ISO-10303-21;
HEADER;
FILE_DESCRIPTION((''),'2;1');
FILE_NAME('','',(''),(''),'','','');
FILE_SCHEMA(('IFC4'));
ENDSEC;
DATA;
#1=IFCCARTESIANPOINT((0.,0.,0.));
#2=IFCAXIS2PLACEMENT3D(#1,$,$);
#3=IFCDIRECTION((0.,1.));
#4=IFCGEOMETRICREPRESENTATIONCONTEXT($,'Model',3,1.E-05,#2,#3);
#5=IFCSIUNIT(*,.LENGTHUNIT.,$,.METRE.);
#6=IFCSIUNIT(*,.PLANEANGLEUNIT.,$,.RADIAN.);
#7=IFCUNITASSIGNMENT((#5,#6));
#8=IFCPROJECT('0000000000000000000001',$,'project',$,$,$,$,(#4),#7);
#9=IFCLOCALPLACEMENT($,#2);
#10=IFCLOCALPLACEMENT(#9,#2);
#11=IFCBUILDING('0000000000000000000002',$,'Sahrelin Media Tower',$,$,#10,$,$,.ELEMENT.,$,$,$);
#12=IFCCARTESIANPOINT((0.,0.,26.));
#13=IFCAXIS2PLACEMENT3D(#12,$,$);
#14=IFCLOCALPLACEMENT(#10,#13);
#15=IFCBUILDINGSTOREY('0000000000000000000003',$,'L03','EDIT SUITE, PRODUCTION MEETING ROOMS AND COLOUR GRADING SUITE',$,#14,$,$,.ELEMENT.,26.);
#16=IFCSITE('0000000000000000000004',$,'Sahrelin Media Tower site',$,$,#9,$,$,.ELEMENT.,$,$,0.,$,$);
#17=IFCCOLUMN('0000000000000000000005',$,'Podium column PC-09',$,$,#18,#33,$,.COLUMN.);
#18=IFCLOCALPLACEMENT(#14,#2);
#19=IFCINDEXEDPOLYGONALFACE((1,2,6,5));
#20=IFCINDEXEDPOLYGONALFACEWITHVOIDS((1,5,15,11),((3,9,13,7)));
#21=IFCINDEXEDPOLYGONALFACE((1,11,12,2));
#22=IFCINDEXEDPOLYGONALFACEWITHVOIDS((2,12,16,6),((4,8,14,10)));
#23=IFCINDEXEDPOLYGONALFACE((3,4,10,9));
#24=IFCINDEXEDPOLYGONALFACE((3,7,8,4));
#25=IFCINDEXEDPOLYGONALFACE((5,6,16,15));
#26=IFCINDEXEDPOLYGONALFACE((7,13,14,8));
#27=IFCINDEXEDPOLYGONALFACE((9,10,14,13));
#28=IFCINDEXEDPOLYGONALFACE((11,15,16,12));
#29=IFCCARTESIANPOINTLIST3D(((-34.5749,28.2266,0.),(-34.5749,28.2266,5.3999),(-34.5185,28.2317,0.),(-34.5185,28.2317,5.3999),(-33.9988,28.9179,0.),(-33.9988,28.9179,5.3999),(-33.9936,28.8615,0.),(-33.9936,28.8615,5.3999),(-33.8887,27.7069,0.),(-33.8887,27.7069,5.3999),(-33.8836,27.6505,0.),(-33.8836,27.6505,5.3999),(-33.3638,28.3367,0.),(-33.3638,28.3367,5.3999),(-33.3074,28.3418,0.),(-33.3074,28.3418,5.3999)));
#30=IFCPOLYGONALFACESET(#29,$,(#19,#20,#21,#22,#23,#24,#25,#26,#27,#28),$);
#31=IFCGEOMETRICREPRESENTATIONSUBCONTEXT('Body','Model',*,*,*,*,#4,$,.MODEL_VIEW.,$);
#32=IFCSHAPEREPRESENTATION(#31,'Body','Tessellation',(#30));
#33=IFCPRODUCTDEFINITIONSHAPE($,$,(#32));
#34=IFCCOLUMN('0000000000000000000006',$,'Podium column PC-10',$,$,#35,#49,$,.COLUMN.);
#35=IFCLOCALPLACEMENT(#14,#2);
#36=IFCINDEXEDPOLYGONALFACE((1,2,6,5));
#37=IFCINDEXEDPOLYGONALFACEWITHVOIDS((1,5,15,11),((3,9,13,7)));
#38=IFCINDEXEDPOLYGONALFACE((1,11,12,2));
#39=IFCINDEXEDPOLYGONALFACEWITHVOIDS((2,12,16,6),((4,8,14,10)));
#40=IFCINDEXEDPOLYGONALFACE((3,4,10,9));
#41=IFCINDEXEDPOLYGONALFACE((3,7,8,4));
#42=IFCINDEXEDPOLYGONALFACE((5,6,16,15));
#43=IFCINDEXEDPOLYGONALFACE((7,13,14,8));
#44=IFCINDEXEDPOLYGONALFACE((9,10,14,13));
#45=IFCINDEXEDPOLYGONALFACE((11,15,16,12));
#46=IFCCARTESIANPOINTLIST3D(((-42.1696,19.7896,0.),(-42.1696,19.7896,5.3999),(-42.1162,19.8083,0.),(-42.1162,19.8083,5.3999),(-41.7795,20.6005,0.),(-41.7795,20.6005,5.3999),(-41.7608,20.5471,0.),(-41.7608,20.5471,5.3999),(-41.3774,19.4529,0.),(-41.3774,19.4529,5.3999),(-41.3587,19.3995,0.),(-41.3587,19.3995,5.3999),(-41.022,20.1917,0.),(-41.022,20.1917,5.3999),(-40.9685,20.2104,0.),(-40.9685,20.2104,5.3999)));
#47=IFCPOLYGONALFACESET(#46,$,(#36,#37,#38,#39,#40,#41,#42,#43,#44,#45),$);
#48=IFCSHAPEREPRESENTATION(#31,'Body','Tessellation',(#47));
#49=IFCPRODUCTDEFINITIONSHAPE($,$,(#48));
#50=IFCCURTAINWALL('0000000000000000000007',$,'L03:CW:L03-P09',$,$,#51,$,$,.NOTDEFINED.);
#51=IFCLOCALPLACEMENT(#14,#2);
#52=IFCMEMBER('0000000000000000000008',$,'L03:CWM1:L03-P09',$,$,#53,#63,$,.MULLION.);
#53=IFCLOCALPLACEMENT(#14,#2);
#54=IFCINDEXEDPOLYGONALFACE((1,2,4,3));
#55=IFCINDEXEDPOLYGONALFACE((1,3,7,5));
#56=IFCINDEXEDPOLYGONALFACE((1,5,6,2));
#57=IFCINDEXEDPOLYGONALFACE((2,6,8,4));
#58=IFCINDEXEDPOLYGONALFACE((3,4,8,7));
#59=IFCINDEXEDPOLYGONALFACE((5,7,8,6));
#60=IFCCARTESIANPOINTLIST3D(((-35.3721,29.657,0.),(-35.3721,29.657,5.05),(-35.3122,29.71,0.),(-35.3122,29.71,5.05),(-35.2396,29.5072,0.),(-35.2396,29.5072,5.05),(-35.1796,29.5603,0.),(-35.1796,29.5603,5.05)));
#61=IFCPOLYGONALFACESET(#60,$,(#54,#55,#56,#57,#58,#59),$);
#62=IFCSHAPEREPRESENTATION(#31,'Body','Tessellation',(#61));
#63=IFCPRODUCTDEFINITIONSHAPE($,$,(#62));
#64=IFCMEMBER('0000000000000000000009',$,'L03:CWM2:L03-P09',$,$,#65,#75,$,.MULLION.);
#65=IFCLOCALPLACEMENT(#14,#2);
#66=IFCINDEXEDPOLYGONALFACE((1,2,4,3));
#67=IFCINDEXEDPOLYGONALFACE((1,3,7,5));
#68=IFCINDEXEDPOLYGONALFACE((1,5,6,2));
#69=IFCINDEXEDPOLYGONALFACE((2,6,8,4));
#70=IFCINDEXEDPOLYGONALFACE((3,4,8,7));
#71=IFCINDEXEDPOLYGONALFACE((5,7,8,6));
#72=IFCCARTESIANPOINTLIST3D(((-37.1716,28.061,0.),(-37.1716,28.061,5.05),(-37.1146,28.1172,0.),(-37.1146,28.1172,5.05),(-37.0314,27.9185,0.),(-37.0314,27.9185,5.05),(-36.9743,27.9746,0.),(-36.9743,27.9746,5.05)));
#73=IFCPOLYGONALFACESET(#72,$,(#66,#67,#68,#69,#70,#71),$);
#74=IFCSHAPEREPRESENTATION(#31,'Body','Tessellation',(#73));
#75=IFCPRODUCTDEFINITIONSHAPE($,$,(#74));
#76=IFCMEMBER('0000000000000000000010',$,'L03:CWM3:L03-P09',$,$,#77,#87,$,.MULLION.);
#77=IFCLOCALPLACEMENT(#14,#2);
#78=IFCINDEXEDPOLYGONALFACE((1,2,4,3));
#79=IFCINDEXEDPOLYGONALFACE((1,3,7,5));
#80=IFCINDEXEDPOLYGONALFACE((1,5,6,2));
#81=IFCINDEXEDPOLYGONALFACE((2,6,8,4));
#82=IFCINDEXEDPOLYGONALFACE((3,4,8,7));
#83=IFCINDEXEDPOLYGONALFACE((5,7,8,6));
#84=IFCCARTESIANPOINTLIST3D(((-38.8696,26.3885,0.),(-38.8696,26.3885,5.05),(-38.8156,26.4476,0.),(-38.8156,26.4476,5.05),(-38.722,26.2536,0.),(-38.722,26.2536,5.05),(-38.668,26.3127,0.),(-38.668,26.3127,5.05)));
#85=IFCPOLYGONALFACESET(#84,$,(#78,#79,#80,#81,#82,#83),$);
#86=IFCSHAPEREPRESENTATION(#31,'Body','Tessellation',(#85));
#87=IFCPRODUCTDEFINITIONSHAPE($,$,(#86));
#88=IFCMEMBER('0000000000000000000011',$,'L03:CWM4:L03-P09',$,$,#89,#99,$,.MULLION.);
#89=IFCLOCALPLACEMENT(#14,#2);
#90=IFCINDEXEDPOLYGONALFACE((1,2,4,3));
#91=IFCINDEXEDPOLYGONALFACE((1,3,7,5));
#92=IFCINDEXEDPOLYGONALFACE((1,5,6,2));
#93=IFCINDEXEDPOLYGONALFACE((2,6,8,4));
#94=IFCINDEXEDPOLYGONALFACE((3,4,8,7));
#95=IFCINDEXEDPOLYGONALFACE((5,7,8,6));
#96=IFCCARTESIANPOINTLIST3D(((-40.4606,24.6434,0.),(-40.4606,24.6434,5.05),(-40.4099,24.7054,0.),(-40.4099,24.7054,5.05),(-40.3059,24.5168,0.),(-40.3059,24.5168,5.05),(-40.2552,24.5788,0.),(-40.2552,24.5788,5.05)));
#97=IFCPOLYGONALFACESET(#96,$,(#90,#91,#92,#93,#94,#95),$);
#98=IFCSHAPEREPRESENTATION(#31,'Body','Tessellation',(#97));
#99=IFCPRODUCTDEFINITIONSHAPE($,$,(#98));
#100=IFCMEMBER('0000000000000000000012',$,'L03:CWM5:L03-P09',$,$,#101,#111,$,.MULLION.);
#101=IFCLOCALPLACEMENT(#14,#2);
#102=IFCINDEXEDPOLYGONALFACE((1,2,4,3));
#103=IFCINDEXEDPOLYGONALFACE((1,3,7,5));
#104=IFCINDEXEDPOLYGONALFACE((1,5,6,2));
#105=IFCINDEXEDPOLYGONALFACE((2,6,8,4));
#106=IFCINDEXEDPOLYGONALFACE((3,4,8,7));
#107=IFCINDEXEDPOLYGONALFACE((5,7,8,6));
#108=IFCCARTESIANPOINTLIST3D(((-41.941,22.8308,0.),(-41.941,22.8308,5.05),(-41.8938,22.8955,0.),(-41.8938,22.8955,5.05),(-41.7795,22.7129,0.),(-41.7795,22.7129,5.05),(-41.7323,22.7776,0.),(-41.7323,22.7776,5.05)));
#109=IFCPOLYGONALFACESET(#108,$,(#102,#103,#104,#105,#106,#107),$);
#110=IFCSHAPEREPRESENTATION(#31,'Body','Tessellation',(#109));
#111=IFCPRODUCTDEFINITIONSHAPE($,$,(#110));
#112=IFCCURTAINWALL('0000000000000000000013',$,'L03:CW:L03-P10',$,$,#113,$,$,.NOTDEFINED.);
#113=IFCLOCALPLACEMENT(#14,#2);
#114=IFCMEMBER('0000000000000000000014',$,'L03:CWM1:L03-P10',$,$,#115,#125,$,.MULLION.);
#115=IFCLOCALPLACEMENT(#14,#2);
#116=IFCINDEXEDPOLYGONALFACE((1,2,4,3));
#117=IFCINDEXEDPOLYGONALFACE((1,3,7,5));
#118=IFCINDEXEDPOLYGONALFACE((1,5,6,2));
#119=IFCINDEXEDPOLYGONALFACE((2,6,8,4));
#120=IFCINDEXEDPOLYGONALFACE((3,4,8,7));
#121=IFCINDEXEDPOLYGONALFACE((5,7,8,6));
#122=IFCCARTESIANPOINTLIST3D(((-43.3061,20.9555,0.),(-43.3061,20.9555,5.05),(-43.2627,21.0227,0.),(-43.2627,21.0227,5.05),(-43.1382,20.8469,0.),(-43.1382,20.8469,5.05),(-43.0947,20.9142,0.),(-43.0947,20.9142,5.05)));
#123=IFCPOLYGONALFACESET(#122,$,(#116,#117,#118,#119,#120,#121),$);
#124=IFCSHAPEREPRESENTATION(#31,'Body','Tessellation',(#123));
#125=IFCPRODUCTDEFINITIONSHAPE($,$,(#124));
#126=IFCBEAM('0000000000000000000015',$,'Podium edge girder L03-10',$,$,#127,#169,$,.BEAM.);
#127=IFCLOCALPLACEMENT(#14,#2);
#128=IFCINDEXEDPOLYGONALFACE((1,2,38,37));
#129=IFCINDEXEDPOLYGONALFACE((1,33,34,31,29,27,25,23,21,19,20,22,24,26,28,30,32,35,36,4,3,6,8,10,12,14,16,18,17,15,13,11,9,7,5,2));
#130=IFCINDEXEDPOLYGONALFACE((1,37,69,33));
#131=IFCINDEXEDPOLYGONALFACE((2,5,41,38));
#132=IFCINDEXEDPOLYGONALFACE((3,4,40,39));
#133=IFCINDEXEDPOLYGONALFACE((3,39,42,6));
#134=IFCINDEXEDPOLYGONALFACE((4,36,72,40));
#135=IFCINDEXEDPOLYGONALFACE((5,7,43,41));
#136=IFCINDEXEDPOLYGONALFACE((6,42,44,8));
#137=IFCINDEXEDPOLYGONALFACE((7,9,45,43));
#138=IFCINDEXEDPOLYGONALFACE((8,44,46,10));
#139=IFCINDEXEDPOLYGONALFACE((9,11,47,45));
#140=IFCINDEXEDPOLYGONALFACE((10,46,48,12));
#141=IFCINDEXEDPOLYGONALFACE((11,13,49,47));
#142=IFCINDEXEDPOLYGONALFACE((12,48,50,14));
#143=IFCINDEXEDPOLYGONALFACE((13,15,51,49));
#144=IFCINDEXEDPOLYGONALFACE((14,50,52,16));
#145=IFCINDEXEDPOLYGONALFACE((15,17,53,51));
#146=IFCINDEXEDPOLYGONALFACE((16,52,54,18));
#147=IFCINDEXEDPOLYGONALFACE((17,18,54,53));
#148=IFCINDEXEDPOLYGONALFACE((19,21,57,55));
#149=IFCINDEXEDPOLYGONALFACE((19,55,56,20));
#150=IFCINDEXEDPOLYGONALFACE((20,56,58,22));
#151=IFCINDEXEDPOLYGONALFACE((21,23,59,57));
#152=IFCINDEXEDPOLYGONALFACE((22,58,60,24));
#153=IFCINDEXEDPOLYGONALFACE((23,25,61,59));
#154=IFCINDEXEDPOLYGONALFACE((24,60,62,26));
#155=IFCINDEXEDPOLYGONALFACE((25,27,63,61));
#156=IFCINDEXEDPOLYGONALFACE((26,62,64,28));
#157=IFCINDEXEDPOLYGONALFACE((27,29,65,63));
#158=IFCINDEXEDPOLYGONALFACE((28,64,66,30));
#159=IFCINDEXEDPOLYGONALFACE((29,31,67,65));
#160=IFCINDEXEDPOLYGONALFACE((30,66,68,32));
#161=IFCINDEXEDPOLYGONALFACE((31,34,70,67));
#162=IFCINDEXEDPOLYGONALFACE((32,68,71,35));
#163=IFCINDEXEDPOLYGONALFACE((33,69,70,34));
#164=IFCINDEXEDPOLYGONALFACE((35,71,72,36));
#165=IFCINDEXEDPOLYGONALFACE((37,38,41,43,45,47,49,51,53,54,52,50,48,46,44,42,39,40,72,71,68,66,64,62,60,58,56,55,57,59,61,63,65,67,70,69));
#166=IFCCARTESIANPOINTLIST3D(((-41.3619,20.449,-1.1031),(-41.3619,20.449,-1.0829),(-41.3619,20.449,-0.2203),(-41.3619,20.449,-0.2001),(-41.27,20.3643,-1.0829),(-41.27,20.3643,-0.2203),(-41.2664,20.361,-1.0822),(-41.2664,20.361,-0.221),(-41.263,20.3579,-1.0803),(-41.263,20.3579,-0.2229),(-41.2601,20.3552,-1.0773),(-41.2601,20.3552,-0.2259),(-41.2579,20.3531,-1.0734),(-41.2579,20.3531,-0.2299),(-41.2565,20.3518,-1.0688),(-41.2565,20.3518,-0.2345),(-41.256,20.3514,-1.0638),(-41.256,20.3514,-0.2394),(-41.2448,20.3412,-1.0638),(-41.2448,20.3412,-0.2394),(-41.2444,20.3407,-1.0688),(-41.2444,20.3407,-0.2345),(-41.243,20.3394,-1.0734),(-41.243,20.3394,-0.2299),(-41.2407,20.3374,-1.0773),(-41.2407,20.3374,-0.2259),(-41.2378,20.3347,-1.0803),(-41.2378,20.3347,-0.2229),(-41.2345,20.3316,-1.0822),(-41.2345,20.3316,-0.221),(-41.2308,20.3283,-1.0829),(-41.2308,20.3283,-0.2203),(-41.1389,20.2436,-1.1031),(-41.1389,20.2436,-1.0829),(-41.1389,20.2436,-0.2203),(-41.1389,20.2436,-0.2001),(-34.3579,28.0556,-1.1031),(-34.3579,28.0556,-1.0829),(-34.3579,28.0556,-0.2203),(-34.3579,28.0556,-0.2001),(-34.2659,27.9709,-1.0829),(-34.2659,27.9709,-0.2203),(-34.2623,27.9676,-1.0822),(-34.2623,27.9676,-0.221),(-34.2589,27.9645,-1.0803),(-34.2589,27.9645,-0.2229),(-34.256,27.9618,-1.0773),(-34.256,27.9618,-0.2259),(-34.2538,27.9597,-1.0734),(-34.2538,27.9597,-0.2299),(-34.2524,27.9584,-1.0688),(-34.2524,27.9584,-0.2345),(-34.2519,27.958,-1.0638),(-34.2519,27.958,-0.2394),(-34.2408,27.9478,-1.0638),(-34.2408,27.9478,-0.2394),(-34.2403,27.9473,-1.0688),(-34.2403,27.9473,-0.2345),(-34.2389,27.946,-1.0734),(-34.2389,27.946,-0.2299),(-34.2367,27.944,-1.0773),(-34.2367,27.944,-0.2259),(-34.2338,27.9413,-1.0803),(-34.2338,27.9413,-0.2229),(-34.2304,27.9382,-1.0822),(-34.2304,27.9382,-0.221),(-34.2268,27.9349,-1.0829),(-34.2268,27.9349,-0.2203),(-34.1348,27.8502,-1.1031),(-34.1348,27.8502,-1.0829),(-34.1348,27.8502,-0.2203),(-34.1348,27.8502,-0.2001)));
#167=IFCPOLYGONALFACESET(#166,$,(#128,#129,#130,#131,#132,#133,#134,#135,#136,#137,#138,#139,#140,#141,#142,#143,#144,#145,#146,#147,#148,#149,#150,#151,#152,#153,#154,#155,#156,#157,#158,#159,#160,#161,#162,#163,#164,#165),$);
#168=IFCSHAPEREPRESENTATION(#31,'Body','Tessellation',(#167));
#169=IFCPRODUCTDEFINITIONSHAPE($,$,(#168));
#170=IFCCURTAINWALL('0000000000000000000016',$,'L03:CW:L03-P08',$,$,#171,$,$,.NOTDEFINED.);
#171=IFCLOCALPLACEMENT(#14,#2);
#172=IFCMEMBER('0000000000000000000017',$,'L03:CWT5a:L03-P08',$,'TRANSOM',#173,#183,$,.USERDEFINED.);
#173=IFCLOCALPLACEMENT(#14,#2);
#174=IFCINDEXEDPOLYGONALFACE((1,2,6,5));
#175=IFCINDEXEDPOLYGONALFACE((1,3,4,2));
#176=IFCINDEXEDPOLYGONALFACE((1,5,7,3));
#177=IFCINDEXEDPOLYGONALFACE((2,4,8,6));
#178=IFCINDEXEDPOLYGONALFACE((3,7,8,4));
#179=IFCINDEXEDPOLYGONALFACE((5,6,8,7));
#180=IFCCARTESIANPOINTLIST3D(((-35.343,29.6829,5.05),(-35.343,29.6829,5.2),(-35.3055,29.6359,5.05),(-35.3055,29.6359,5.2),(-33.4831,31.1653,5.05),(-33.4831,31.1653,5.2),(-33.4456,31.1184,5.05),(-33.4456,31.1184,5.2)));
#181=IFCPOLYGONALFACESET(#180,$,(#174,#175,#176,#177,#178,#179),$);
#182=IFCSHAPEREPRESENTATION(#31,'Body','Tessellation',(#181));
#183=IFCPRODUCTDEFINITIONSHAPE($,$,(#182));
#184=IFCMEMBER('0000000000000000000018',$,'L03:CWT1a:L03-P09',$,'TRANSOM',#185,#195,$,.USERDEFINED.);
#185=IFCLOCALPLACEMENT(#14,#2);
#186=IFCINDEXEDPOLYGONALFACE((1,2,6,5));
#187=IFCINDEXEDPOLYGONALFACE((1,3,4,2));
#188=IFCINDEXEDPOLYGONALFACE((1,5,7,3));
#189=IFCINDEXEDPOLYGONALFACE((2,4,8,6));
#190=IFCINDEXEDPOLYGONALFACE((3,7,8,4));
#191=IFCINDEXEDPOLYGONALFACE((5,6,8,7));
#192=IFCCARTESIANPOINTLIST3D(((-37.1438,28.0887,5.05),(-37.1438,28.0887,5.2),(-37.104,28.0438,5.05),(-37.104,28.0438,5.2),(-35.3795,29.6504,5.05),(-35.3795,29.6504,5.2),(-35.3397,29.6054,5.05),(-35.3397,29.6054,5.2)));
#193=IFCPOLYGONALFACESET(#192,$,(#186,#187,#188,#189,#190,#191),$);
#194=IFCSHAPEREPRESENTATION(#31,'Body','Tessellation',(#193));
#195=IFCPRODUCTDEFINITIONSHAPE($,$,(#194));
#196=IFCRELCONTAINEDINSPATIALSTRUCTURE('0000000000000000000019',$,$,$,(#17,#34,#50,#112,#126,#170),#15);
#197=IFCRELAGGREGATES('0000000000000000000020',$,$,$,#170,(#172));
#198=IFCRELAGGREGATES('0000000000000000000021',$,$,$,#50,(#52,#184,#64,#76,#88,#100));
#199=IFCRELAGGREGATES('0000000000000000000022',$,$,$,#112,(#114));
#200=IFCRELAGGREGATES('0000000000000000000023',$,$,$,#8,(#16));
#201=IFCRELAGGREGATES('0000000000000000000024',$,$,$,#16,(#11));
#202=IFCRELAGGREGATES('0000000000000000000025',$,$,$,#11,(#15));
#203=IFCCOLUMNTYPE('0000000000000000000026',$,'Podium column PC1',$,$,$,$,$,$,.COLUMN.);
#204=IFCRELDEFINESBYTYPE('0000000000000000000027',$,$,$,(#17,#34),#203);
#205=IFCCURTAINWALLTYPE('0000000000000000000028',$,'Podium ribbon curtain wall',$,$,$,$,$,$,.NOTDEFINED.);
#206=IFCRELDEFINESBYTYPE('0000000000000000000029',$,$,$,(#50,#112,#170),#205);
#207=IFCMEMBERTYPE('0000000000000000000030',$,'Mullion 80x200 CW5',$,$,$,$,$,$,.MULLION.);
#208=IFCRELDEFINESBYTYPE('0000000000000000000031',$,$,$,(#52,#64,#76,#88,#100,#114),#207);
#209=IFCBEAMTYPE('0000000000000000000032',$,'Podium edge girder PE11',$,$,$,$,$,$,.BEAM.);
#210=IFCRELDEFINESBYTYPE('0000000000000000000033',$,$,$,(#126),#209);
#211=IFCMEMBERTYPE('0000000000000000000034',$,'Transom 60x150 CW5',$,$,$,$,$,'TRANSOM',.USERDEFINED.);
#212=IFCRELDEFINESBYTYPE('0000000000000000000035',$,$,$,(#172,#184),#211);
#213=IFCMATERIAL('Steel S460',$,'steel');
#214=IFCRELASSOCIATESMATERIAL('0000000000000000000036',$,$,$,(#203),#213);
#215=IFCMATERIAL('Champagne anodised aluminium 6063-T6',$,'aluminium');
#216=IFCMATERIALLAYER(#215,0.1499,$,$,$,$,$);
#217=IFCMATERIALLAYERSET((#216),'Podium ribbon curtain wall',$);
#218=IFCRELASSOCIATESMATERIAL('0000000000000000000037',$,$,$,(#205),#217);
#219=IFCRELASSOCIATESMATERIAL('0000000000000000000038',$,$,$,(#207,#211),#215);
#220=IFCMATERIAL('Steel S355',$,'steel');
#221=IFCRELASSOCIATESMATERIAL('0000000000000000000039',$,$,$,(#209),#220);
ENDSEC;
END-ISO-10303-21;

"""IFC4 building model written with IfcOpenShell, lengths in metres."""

from ifc_helpers import new_model, si_unit, direction, frame, origin, origin_2d, place, context, subcontext, project, spatial, rectangle, hollow_rectangle, i_section, extrude, material, layer, layer_set, material_profile, profile_set, type_object, element, aggregate, save


model = new_model("IFC4")

# Units and contexts
model_context = context("Model", 3, precision=1e-05, world=origin(), true_north=direction((0.0, 1.0)))
body_context = subcontext(model_context, "Body", "Model", "MODEL_VIEW")
ifc_project = project(units=[si_unit("LENGTHUNIT", "METRE"), si_unit("PLANEANGLEUNIT", "RADIAN")], contexts=[model_context])

# Site, building, storey
site_placement = place(None, origin())
site = spatial("IfcSite", under=ifc_project, at=site_placement, Name="Sahrelin Media Tower site", CompositionType="ELEMENT", RefElevation=0.0)
building_placement = place(site_placement, origin())
building = spatial("IfcBuilding", under=site, at=building_placement, Name="Sahrelin Media Tower", CompositionType="ELEMENT")
storey_placement = place(building_placement, frame((0.0, 0.0, 26.0)))
storey = spatial("IfcBuildingStorey", under=building, at=storey_placement, Name="L03", Description="EDIT SUITE, PRODUCTION MEETING ROOMS AND COLOUR GRADING SUITE", CompositionType="ELEMENT", Elevation=26.0)

# Columns
ifc_material_1 = material(Name="Steel S460", Category="steel")
ifc_material_profile_1 = material_profile(ifc_material_1, hollow_rectangle(XDim=0.8999, YDim=0.8999, WallThickness=0.04, at=origin_2d()), Name="Podium column PC1")
ifc_profile_set_1 = profile_set([ifc_material_profile_1], Name="Steel S460")
column_type = type_object("IfcColumnType", Name="Podium column PC1", PredefinedType="COLUMN", material=ifc_profile_set_1)
for number, where, z_axis, x_axis, name in (
    (1, (-33.9412, 28.2842, 0.0), (0.0, 0.0, 1.0), (-0.768221, 0.640185, 0.0), "Podium column PC-09"),
    (2, (-41.5691, 20.0, 0.0), (0.0, 0.0, 1.0), (-0.901127, 0.433555, 0.0), "Podium column PC-10"),
):
    element("IfcColumn", number, at=place(storey_placement, frame(where, z_axis=z_axis, x_axis=x_axis)), inside=storey, type_object=column_type, Name=name, PredefinedType="COLUMN", context=body_context, shape_type="SweptSolid", body=[
        extrude(hollow_rectangle(XDim=0.8999, YDim=0.8999, WallThickness=0.04, at=origin_2d()), origin(), (0.0, 0.0, 1.0), 5.3999),
    ])

# Curtain wall, members
ifc_material_2 = material(Name="Champagne anodised aluminium 6063-T6", Category="aluminium")
ifc_layer_1 = layer(ifc_material_2, 0.1499)
ifc_layer_set_1 = layer_set([ifc_layer_1], Name="Podium ribbon curtain wall")
curtain_wall_type = type_object("IfcCurtainWallType", Name="Podium ribbon curtain wall", PredefinedType="NOTDEFINED", material=ifc_layer_set_1)
curtain_wall_1_placement = place(storey_placement, frame((-35.3552, 29.6985, 0.0), z_axis=(0.0, 0.0, 1.0), x_axis=(1.0, 0.0, 0.0)))
curtain_wall_1 = element("IfcCurtainWall", 3, at=curtain_wall_1_placement, inside=storey, type_object=curtain_wall_type, Name="L03:CW:L03-P09", PredefinedType="NOTDEFINED")
ifc_material_profile_2 = material_profile(ifc_material_2, rectangle(XDim=0.0801, YDim=0.2, at=origin_2d()), Name="Mullion 80x200")
ifc_profile_set_2 = profile_set([ifc_material_profile_2], Name="Champagne anodised aluminium 6063-T6")
member_type_1 = type_object("IfcMemberType", Name="Mullion 80x200 CW5", PredefinedType="MULLION", material=ifc_profile_set_2)
member_1_placement = place(storey_placement, frame((-35.2759, 29.6086, 0.0), z_axis=(0.0, 0.0, 1.0), x_axis=(-0.748788, -0.66281, 0.0)))
member_1 = element("IfcMember", 4, at=member_1_placement, type_object=member_type_1, Name="L03:CWM1:L03-P09", PredefinedType="MULLION", context=body_context, shape_type="SweptSolid", body=[
    extrude(rectangle(XDim=0.0801, YDim=0.2, at=origin_2d()), origin(), (0.0, 0.0, 1.0), 5.05),
])
member_2_placement = place(storey_placement, frame((-37.073, 28.0178, 0.0), z_axis=(0.0, 0.0, 1.0), x_axis=(-0.712974, -0.701191, 0.0)))
member_2 = element("IfcMember", 5, at=member_2_placement, type_object=member_type_1, Name="L03:CWM2:L03-P09", PredefinedType="MULLION", context=body_context, shape_type="SweptSolid", body=[
    extrude(rectangle(XDim=0.0801, YDim=0.2, at=origin_2d()), origin(), (0.0, 0.0, 1.0), 5.05),
])
member_3_placement = place(storey_placement, frame((-38.7688, 26.3506, 0.0), z_axis=(0.0, 0.0, 1.0), x_axis=(-0.67443, -0.738339, 0.0)))
member_3 = element("IfcMember", 6, at=member_3_placement, type_object=member_type_1, Name="L03:CWM3:L03-P09", PredefinedType="MULLION", context=body_context, shape_type="SweptSolid", body=[
    extrude(rectangle(XDim=0.0801, YDim=0.2, at=origin_2d()), origin(), (0.0, 0.0, 1.0), 5.05),
])
member_4_placement = place(storey_placement, frame((-40.3579, 24.6111, 0.0), z_axis=(0.0, 0.0, 1.0), x_axis=(-0.633235, -0.77396, 0.0)))
member_4 = element("IfcMember", 7, at=member_4_placement, type_object=member_type_1, Name="L03:CWM4:L03-P09", PredefinedType="MULLION", context=body_context, shape_type="SweptSolid", body=[
    extrude(rectangle(XDim=0.0801, YDim=0.2, at=origin_2d()), origin(), (0.0, 0.0, 1.0), 5.05),
])
member_5_placement = place(storey_placement, frame((-41.8367, 22.8042, 0.0), z_axis=(0.0, 0.0, 1.0), x_axis=(-0.589385, -0.807852, 0.0)))
member_5 = element("IfcMember", 8, at=member_5_placement, type_object=member_type_1, Name="L03:CWM5:L03-P09", PredefinedType="MULLION", context=body_context, shape_type="SweptSolid", body=[
    extrude(rectangle(XDim=0.0801, YDim=0.2, at=origin_2d()), origin(), (0.0, 0.0, 1.0), 5.05),
])

# Curtain wall, member
curtain_wall_2_placement = place(storey_placement, frame((-43.3013, 21.0, 0.0), z_axis=(0.0, 0.0, 1.0), x_axis=(1.0, 0.0, 0.0)))
curtain_wall_2 = element("IfcCurtainWall", 9, at=curtain_wall_2_placement, inside=storey, type_object=curtain_wall_type, Name="L03:CW:L03-P10", PredefinedType="NOTDEFINED")
member_6_placement = place(storey_placement, frame((-43.2004, 20.9348, 0.0), z_axis=(0.0, 0.0, 1.0), x_axis=(-0.54283, -0.839843, 0.0)))
member_6 = element("IfcMember", 10, at=member_6_placement, type_object=member_type_1, Name="L03:CWM1:L03-P10", PredefinedType="MULLION", context=body_context, shape_type="SweptSolid", body=[
    extrude(rectangle(XDim=0.0801, YDim=0.2, at=origin_2d()), origin(), (0.0, 0.0, 1.0), 5.05),
])

# Beam
ifc_material_3 = material(Name="Steel S355", Category="steel")
ifc_material_profile_3 = material_profile(ifc_material_3, i_section(OverallWidth=0.3032, OverallDepth=0.9031, WebThickness=0.0151, FlangeThickness=0.0203, FilletRadius=0.019, at=origin_2d()), Name="UB 914x305x201")
ifc_profile_set_3 = profile_set([ifc_material_profile_3], Name="Steel S355")
beam_type = type_object("IfcBeamType", Name="Podium edge girder PE11", PredefinedType="BEAM", material=ifc_profile_set_3)
beam_placement = place(storey_placement, frame((-34.2463, 27.9529, -0.6516), z_axis=(-0.677371, -0.735642, 0.0), x_axis=(0.735642, -0.677371, 0.0)))
element("IfcBeam", 11, at=beam_placement, inside=storey, type_object=beam_type, Name="Podium edge girder L03-10", PredefinedType="BEAM", context=body_context, shape_type="SweptSolid", body=[
    extrude(i_section(OverallWidth=0.3032, OverallDepth=0.9031, WebThickness=0.0151, FlangeThickness=0.0203, FilletRadius=0.019, at=origin_2d()), origin(), (0.0, 0.0, 1.0), 10.3401),
])

# Curtain wall, member
curtain_wall_3_placement = place(storey_placement, frame((-25.0, 36.373, 0.0), z_axis=(0.0, 0.0, 1.0), x_axis=(1.0, 0.0, 0.0)))
curtain_wall_3 = element("IfcCurtainWall", 12, at=curtain_wall_3_placement, inside=storey, type_object=curtain_wall_type, Name="L03:CW:L03-P08", PredefinedType="NOTDEFINED")
ifc_material_profile_4 = material_profile(ifc_material_2, rectangle(XDim=0.0601, YDim=0.1499, at=origin_2d()), Name="Transom 60x150")
ifc_profile_set_4 = profile_set([ifc_material_profile_4], Name="Champagne anodised aluminium 6063-T6")
member_type_2 = type_object("IfcMemberType", Name="Transom 60x150 CW5", ElementType="TRANSOM", PredefinedType="USERDEFINED", material=ifc_profile_set_4)
member_7_placement = place(storey_placement, frame((-33.4644, 31.1418, 5.125), z_axis=(-0.781989, -0.623292, 0.0), x_axis=(0.623292, -0.781989, 0.0)))
member_7 = element("IfcMember", 13, at=member_7_placement, type_object=member_type_2, Name="L03:CWT5a:L03-P08", ObjectType="TRANSOM", PredefinedType="USERDEFINED", context=body_context, shape_type="SweptSolid", body=[
    extrude(rectangle(XDim=0.0601, YDim=0.1499, at=origin_2d()), origin(), (0.0, 0.0, 1.0), 2.3784),
])

# Member
member_8_placement = place(storey_placement, frame((-35.3596, 29.6279, 5.125), z_axis=(-0.748797, -0.6628, 0.0), x_axis=(0.6628, -0.748797, 0.0)))
member_8 = element("IfcMember", 14, at=member_8_placement, type_object=member_type_2, Name="L03:CWT1a:L03-P09", ObjectType="TRANSOM", PredefinedType="USERDEFINED", context=body_context, shape_type="SweptSolid", body=[
    extrude(rectangle(XDim=0.0601, YDim=0.1499, at=origin_2d()), origin(), (0.0, 0.0, 1.0), 2.3562),
])

aggregate(curtain_wall_3, [member_7])
aggregate(curtain_wall_1, [member_1, member_8, member_2, member_3, member_4, member_5])
aggregate(curtain_wall_2, [member_6])

save(model, "model.ifc")
